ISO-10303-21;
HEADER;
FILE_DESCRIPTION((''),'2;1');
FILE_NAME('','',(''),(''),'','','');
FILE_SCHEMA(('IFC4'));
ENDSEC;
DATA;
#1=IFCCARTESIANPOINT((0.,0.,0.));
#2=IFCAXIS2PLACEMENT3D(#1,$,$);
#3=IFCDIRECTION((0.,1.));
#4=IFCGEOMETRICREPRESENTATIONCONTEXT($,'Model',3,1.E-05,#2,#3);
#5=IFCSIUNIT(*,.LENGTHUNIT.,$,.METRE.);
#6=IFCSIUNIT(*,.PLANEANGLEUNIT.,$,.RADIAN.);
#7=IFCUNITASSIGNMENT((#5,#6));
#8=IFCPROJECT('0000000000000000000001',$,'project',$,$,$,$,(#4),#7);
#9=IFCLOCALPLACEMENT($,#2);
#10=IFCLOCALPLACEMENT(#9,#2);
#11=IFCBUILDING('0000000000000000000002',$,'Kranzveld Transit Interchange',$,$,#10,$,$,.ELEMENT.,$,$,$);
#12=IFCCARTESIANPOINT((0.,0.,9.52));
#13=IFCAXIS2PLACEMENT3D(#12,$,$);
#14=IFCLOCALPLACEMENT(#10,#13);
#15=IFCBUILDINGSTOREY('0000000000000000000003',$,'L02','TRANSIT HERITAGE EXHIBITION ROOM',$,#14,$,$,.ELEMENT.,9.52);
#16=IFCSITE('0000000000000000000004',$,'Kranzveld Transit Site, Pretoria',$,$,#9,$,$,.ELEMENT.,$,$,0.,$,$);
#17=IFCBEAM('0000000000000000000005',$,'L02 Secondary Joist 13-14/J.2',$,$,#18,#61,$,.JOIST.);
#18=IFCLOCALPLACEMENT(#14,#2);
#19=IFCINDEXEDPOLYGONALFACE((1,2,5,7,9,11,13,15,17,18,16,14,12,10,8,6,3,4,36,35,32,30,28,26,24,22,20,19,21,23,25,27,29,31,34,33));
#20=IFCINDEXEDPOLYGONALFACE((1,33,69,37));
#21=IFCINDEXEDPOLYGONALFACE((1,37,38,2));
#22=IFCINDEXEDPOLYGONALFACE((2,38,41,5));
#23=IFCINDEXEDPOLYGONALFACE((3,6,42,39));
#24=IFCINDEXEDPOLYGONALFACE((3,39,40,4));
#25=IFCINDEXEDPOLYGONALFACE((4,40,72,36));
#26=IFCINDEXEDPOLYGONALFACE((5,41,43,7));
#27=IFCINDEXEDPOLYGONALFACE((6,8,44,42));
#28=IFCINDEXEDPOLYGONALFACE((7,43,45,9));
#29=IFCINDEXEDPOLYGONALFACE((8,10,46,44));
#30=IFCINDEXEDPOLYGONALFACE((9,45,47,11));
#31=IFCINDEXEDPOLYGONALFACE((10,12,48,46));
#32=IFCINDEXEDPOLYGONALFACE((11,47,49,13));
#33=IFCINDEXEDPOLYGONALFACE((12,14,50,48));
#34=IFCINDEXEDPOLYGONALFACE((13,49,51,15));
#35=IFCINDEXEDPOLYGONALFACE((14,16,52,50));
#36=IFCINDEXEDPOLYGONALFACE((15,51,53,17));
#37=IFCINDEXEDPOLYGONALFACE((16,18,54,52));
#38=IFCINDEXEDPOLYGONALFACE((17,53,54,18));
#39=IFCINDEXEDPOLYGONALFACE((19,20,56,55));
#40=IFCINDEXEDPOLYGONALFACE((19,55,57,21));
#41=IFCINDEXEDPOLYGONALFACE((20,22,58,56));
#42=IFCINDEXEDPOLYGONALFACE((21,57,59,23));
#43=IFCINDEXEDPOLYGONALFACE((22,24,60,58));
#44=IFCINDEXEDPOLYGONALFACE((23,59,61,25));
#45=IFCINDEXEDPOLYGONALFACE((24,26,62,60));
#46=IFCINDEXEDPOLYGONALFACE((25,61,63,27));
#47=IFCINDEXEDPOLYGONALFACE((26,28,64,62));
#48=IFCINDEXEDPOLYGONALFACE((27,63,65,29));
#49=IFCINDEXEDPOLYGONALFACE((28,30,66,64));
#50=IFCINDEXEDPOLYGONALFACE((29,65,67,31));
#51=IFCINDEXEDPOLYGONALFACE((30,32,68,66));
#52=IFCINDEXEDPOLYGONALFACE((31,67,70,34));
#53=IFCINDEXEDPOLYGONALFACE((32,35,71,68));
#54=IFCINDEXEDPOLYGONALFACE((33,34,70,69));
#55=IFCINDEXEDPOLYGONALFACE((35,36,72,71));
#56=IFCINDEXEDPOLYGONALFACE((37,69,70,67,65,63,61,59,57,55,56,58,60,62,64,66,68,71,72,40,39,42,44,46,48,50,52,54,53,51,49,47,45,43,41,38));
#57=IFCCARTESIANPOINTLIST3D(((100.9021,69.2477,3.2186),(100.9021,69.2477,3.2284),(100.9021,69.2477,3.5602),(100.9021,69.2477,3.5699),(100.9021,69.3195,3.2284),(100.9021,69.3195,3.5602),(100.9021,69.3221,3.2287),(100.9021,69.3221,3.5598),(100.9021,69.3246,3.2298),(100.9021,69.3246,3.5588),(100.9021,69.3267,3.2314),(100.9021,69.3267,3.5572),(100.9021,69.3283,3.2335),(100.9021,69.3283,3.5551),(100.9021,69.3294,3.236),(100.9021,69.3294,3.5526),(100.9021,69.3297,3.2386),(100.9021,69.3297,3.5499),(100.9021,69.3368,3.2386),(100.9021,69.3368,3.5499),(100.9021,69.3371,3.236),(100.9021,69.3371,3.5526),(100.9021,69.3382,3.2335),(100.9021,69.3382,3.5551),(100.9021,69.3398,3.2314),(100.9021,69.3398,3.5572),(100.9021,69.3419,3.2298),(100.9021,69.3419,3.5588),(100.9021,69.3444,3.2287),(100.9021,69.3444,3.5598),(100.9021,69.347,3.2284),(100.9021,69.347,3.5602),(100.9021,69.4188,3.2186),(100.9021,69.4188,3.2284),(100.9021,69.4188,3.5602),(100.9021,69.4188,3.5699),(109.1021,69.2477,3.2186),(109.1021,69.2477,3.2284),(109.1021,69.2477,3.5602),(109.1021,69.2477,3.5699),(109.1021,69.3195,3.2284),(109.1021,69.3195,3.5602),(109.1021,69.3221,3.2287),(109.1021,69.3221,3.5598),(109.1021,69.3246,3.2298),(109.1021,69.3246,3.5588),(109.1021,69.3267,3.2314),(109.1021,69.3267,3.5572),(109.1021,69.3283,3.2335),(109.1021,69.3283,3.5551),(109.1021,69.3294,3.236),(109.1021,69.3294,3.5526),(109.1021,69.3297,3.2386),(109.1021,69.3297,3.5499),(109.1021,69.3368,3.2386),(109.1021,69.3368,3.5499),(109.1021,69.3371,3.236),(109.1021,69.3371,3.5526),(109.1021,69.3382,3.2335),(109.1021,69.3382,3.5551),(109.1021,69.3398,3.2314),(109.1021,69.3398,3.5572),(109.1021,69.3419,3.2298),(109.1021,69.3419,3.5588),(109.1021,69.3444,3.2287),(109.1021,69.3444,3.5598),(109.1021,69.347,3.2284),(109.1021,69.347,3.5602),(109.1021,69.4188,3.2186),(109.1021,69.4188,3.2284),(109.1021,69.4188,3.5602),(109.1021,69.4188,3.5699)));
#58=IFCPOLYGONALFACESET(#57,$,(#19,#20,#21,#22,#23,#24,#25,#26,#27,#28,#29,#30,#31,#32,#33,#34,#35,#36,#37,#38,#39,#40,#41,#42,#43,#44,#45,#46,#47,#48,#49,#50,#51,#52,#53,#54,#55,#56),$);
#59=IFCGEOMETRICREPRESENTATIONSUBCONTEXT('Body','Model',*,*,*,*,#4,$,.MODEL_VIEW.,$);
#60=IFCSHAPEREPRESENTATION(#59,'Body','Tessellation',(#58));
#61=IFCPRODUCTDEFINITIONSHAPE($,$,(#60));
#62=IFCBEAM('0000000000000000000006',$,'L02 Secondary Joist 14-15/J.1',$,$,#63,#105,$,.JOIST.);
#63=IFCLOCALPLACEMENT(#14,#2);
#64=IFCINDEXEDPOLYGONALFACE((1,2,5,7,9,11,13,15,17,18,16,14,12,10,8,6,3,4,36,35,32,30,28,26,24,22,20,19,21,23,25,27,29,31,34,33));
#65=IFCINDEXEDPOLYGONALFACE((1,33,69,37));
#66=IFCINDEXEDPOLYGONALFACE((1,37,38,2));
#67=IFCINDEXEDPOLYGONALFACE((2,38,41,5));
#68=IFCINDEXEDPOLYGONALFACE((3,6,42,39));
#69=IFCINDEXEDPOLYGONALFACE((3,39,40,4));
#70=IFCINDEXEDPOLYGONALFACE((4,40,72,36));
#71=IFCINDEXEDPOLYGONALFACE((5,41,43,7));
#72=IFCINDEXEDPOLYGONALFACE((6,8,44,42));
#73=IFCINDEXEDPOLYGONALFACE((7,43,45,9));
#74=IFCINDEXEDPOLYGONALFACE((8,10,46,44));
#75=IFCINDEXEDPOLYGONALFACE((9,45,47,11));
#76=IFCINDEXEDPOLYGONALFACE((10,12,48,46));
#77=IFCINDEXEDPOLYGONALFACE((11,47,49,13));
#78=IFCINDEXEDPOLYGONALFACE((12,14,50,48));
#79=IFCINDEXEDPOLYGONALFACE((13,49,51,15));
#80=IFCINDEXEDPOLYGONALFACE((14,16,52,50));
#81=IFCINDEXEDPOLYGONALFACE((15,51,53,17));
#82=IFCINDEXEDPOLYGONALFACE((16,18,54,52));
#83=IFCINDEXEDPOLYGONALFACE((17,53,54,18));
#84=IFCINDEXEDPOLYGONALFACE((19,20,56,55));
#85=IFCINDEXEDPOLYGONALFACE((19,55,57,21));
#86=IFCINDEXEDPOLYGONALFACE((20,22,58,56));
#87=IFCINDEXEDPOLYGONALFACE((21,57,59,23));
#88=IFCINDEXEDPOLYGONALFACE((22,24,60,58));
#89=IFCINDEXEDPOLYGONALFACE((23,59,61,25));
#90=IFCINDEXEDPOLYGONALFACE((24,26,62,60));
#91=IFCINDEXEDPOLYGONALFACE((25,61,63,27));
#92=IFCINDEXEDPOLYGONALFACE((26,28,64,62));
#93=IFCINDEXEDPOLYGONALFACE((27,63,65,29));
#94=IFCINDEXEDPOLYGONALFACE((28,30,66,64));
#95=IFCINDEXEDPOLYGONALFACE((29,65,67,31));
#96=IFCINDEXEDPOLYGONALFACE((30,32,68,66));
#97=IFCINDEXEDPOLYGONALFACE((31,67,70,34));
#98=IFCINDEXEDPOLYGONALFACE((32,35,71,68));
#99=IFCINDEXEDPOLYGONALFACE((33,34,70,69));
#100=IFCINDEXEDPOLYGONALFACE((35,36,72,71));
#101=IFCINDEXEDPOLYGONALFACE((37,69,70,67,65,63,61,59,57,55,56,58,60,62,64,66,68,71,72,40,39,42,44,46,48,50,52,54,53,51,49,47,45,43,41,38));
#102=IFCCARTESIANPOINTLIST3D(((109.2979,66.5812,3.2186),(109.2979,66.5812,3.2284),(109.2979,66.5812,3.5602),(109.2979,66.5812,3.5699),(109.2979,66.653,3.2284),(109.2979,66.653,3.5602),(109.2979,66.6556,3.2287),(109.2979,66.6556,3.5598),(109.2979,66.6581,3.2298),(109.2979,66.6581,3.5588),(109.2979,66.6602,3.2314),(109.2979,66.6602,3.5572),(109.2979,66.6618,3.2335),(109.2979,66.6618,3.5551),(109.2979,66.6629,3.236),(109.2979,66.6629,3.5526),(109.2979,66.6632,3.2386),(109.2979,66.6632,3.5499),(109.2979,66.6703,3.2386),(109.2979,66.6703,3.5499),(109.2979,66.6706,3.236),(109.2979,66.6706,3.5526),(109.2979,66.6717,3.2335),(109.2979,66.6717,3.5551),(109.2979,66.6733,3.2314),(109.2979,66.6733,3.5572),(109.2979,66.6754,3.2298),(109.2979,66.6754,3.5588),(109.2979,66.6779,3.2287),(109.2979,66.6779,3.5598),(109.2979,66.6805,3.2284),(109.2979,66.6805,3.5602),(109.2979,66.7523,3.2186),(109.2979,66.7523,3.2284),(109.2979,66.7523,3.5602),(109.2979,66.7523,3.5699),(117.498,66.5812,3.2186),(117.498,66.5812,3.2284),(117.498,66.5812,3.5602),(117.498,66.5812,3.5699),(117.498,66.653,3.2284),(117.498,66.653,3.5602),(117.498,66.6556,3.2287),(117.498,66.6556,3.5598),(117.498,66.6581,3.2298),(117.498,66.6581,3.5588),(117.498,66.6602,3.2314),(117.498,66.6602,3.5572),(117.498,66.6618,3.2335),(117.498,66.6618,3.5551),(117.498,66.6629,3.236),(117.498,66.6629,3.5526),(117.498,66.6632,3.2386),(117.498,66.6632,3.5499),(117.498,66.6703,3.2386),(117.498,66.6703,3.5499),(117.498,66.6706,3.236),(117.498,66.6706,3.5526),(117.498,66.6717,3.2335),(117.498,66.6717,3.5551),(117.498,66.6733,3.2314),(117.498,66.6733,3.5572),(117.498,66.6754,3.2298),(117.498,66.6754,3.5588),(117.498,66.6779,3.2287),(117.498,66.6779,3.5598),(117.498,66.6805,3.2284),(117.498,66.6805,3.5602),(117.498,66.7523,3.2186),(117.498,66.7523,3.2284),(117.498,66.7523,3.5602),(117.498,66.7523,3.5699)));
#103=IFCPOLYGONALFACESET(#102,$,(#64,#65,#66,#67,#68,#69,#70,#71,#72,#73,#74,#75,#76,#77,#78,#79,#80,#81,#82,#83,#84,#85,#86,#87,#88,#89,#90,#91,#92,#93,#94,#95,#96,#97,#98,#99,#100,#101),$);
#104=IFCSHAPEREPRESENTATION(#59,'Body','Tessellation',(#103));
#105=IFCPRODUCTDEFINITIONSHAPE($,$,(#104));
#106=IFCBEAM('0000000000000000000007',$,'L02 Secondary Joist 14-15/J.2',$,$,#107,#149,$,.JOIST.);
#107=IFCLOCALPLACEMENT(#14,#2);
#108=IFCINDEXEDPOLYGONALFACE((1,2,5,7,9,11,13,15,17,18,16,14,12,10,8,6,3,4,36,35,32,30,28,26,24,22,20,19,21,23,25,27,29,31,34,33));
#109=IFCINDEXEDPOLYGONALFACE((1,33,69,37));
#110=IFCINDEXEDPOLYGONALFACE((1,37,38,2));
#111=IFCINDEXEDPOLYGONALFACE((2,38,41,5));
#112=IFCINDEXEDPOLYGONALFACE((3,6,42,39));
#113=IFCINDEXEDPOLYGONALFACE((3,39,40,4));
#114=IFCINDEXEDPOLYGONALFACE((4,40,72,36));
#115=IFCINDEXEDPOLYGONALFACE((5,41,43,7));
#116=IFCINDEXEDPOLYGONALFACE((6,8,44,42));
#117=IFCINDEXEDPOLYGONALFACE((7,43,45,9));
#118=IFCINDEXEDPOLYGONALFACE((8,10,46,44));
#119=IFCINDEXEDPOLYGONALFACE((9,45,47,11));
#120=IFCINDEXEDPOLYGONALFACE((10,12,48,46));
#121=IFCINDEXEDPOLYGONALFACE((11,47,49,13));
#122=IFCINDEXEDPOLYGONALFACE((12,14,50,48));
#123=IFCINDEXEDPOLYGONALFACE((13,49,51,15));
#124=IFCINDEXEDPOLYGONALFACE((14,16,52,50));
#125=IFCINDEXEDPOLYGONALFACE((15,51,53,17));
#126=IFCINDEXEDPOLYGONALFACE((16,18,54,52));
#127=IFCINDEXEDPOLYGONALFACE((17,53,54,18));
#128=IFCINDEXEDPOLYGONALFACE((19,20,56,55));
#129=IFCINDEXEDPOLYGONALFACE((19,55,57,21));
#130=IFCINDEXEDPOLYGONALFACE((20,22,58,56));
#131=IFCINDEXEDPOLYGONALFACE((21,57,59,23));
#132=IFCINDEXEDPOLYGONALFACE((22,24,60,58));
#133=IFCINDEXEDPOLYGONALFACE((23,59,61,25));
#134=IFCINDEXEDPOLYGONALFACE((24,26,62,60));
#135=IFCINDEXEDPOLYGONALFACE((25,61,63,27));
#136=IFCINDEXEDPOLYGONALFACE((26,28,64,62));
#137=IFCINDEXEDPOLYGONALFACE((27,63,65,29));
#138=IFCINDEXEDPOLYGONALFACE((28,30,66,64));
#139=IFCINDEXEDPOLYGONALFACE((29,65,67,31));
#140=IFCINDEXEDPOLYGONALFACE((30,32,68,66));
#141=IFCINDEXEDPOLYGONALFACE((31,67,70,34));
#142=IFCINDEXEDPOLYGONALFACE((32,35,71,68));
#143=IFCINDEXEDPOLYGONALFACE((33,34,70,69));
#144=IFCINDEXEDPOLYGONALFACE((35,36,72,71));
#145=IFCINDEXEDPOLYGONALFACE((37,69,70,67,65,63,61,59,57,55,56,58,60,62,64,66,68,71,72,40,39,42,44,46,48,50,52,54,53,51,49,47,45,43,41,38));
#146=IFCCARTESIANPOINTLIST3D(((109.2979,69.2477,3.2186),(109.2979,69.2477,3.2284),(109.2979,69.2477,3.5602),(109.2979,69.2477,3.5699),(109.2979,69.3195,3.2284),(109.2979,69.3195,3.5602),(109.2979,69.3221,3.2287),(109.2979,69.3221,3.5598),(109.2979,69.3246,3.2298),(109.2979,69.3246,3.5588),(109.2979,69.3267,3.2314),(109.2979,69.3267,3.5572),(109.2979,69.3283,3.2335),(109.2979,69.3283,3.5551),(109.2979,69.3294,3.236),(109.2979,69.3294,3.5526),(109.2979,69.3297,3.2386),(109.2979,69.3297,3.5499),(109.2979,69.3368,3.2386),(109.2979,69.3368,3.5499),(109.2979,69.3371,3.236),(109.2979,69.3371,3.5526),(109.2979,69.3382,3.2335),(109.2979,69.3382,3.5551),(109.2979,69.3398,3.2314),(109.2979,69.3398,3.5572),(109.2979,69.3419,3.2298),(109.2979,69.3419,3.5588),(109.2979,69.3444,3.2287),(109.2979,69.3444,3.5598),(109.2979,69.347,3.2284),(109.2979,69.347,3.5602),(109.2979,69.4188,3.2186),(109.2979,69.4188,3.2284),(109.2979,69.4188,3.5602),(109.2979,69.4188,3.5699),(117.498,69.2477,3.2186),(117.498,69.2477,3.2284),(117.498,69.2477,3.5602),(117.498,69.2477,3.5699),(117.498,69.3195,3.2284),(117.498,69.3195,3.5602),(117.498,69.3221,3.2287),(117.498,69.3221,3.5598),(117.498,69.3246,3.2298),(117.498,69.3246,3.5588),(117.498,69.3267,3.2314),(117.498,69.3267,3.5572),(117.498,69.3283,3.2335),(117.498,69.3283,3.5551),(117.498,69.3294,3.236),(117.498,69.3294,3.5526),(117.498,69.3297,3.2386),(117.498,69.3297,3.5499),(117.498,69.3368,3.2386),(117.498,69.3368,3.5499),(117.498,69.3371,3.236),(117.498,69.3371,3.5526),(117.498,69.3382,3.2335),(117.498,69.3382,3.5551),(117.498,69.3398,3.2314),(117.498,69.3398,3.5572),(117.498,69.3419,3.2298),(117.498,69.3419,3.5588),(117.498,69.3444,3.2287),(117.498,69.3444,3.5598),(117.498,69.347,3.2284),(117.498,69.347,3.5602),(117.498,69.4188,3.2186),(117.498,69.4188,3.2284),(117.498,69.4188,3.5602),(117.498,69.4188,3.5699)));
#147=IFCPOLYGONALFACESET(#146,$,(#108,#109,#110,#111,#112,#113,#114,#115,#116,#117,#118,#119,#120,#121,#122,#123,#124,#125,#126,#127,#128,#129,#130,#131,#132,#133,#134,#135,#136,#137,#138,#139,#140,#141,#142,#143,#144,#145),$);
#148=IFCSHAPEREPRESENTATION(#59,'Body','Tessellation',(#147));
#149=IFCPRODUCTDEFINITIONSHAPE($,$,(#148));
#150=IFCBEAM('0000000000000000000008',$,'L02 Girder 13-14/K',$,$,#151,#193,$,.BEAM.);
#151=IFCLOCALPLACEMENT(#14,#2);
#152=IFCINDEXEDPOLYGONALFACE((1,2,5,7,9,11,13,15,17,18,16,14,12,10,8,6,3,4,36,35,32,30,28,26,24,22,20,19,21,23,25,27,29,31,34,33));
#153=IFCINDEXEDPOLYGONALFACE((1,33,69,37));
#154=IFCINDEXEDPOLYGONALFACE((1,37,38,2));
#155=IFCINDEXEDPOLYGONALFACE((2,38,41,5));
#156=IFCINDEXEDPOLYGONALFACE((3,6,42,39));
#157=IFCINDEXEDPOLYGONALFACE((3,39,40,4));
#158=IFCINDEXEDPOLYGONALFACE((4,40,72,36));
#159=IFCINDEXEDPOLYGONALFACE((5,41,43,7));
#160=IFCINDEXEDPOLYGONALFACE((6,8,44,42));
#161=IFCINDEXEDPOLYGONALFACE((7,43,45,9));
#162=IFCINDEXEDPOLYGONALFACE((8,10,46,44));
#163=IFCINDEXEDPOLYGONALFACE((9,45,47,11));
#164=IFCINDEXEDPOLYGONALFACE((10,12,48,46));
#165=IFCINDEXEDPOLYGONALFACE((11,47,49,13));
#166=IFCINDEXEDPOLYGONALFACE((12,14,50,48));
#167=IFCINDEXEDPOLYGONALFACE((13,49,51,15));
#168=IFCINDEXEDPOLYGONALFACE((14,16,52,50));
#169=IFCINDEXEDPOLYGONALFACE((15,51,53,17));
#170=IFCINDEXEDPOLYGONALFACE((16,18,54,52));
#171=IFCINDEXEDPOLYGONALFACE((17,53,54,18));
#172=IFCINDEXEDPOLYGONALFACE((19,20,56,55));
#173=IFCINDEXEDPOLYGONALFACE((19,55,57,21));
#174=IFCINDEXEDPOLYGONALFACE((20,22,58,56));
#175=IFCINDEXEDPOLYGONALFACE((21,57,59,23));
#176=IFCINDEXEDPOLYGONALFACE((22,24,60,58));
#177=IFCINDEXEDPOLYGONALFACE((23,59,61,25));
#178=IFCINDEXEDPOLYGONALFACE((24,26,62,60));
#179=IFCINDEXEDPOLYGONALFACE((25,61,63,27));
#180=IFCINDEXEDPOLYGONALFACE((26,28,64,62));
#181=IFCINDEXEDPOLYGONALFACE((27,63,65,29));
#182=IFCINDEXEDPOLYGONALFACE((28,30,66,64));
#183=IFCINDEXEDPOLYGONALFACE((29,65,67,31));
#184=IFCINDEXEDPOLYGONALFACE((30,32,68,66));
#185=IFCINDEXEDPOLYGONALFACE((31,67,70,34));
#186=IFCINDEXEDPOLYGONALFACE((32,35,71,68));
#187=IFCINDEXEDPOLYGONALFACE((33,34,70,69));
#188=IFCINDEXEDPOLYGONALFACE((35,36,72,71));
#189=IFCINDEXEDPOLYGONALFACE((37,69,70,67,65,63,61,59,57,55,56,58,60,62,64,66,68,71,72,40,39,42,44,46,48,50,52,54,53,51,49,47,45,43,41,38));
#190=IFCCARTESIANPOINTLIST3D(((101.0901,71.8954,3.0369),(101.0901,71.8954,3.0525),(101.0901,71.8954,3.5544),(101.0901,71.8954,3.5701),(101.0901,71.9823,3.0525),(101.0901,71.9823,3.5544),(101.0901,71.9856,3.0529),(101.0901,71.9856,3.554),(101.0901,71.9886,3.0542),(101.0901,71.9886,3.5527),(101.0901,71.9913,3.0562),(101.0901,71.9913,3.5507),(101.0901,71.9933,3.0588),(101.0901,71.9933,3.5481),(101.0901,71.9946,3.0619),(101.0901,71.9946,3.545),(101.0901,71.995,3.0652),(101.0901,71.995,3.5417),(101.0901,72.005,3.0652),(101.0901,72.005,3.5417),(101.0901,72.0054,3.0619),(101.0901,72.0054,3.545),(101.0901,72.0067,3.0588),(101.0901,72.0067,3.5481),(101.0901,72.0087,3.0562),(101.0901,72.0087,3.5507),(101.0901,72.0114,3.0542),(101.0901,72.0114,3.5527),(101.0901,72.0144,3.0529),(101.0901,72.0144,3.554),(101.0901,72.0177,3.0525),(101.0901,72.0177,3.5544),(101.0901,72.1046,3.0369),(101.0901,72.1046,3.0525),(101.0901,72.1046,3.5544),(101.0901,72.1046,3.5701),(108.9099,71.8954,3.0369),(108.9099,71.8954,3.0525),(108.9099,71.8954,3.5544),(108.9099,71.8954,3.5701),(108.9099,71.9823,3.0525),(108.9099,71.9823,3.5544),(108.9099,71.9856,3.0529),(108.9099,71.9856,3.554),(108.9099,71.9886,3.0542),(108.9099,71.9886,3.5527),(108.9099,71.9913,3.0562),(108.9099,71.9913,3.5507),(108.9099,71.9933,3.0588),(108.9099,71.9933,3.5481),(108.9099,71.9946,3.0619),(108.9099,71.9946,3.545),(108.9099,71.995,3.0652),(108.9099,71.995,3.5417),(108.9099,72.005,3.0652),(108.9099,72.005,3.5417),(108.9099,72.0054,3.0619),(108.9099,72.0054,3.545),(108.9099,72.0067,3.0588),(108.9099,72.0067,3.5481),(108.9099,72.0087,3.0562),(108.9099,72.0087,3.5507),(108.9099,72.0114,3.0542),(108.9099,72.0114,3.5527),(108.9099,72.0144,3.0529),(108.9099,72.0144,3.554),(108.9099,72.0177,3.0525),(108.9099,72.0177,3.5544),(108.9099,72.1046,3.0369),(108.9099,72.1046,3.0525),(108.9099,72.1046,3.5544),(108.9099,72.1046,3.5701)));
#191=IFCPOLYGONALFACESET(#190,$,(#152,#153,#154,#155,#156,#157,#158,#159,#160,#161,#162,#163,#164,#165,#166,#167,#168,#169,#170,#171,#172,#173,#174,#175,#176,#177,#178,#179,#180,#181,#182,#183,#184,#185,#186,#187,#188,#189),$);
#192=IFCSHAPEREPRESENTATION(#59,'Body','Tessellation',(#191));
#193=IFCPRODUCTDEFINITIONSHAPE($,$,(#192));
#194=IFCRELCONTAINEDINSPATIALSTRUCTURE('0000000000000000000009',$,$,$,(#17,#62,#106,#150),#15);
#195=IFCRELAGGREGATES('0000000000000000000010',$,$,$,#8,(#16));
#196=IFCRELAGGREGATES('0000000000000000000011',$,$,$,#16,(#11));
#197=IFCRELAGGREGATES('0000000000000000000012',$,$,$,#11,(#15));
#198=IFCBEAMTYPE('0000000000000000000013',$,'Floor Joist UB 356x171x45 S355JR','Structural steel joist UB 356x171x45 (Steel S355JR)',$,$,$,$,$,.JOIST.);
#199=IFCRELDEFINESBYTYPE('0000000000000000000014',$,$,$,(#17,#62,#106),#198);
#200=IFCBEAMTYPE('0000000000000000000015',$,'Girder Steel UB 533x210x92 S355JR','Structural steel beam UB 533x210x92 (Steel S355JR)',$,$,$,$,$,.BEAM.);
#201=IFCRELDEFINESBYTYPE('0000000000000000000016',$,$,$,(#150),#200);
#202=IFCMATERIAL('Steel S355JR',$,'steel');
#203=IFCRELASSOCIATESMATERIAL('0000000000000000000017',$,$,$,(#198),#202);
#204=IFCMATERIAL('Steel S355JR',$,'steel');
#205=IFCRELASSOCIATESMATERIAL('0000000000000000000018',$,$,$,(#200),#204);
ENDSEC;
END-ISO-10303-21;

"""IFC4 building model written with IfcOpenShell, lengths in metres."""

from ifc_helpers import new_model, si_unit, direction, frame, origin, origin_2d, place, context, subcontext, project, spatial, i_section, extrude, material, material_profile, profile_set, type_object, element, save


model = new_model("IFC4")

# Units and contexts
model_context = context("Model", 3, precision=1e-05, world=origin(), true_north=direction((0.0, 1.0)))
body_context = subcontext(model_context, "Body", "Model", "MODEL_VIEW")
ifc_project = project(units=[si_unit("LENGTHUNIT", "METRE"), si_unit("PLANEANGLEUNIT", "RADIAN")], contexts=[model_context])

# Site, building, storey
site_placement = place(None, origin())
site = spatial("IfcSite", under=ifc_project, at=site_placement, Name="Kranzveld Transit Site, Pretoria", CompositionType="ELEMENT", RefElevation=0.0)
building_placement = place(site_placement, origin())
building = spatial("IfcBuilding", under=site, at=building_placement, Name="Kranzveld Transit Interchange", CompositionType="ELEMENT")
storey_placement = place(building_placement, frame((0.0, 0.0, 9.52)))
storey = spatial("IfcBuildingStorey", under=building, at=storey_placement, Name="L02", Description="TRANSIT HERITAGE EXHIBITION ROOM", CompositionType="ELEMENT", Elevation=9.52)

# Beams
ifc_material_1 = material(Name="Steel S355JR", Category="steel")
ifc_material_profile_1 = material_profile(ifc_material_1, i_section(OverallWidth=0.1711, OverallDepth=0.3513, WebThickness=0.0071, FlangeThickness=0.0098, FilletRadius=0.0103, at=origin_2d()), Name="UB 356x171x45")
ifc_profile_set_1 = profile_set([ifc_material_profile_1], Name="Steel S355JR")
beam_type_1 = type_object("IfcBeamType", Name="Floor Joist UB 356x171x45 S355JR", Description="Structural steel joist UB 356x171x45 (Steel S355JR)", PredefinedType="JOIST", material=ifc_profile_set_1)
for number, where, z_axis, x_axis, name in (
    (1, (100.9021, 69.3333, 3.3943), (1.0, 0.0, 0.0), (0.0, 1.0, 0.0), "L02 Secondary Joist 13-14/J.2"),
):
    element("IfcBeam", number, at=place(storey_placement, frame(where, z_axis=z_axis, x_axis=x_axis)), inside=storey, type_object=beam_type_1, Name=name, PredefinedType="JOIST", context=body_context, shape_type="SweptSolid", body=[
        extrude(i_section(OverallWidth=0.1711, OverallDepth=0.3513, WebThickness=0.0071, FlangeThickness=0.0098, FilletRadius=0.0103, at=origin_2d()), origin(), (0.0, 0.0, 1.0), 8.2),
    ])
for number, where, z_axis, x_axis, name in (
    (2, (109.2979, 66.6667, 3.3943), (1.0, 0.0, 0.0), (0.0, 1.0, 0.0), "L02 Secondary Joist 14-15/J.1"),
    (3, (109.2979, 69.3333, 3.3943), (1.0, 0.0, 0.0), (0.0, 1.0, 0.0), "L02 Secondary Joist 14-15/J.2"),
):
    element("IfcBeam", number, at=place(storey_placement, frame(where, z_axis=z_axis, x_axis=x_axis)), inside=storey, type_object=beam_type_1, Name=name, PredefinedType="JOIST", context=body_context, shape_type="SweptSolid", body=[
        extrude(i_section(OverallWidth=0.1711, OverallDepth=0.3513, WebThickness=0.0071, FlangeThickness=0.0098, FilletRadius=0.0103, at=origin_2d()), origin(), (0.0, 0.0, 1.0), 8.2002),
    ])
ifc_material_2 = material(Name="Steel S355JR", Category="steel")
ifc_material_profile_2 = material_profile(ifc_material_2, i_section(OverallWidth=0.2092, OverallDepth=0.5332, WebThickness=0.01, FlangeThickness=0.0156, FilletRadius=0.0127, at=origin_2d()), Name="UB 533x210x92")
ifc_profile_set_2 = profile_set([ifc_material_profile_2], Name="Steel S355JR")
beam_type_2 = type_object("IfcBeamType", Name="Girder Steel UB 533x210x92 S355JR", Description="Structural steel beam UB 533x210x92 (Steel S355JR)", PredefinedType="BEAM", material=ifc_profile_set_2)
beam_1_placement = place(storey_placement, frame((101.0901, 72.0, 3.3035), z_axis=(1.0, 0.0, 0.0), x_axis=(0.0, 1.0, 0.0)))
element("IfcBeam", 4, at=beam_1_placement, inside=storey, type_object=beam_type_2, Name="L02 Girder 13-14/K", PredefinedType="BEAM", context=body_context, shape_type="SweptSolid", body=[
    extrude(i_section(OverallWidth=0.2092, OverallDepth=0.5332, WebThickness=0.01, FlangeThickness=0.0156, FilletRadius=0.0127, at=origin_2d()), origin(), (0.0, 0.0, 1.0), 7.8198),
])

save(model, "model.ifc")
